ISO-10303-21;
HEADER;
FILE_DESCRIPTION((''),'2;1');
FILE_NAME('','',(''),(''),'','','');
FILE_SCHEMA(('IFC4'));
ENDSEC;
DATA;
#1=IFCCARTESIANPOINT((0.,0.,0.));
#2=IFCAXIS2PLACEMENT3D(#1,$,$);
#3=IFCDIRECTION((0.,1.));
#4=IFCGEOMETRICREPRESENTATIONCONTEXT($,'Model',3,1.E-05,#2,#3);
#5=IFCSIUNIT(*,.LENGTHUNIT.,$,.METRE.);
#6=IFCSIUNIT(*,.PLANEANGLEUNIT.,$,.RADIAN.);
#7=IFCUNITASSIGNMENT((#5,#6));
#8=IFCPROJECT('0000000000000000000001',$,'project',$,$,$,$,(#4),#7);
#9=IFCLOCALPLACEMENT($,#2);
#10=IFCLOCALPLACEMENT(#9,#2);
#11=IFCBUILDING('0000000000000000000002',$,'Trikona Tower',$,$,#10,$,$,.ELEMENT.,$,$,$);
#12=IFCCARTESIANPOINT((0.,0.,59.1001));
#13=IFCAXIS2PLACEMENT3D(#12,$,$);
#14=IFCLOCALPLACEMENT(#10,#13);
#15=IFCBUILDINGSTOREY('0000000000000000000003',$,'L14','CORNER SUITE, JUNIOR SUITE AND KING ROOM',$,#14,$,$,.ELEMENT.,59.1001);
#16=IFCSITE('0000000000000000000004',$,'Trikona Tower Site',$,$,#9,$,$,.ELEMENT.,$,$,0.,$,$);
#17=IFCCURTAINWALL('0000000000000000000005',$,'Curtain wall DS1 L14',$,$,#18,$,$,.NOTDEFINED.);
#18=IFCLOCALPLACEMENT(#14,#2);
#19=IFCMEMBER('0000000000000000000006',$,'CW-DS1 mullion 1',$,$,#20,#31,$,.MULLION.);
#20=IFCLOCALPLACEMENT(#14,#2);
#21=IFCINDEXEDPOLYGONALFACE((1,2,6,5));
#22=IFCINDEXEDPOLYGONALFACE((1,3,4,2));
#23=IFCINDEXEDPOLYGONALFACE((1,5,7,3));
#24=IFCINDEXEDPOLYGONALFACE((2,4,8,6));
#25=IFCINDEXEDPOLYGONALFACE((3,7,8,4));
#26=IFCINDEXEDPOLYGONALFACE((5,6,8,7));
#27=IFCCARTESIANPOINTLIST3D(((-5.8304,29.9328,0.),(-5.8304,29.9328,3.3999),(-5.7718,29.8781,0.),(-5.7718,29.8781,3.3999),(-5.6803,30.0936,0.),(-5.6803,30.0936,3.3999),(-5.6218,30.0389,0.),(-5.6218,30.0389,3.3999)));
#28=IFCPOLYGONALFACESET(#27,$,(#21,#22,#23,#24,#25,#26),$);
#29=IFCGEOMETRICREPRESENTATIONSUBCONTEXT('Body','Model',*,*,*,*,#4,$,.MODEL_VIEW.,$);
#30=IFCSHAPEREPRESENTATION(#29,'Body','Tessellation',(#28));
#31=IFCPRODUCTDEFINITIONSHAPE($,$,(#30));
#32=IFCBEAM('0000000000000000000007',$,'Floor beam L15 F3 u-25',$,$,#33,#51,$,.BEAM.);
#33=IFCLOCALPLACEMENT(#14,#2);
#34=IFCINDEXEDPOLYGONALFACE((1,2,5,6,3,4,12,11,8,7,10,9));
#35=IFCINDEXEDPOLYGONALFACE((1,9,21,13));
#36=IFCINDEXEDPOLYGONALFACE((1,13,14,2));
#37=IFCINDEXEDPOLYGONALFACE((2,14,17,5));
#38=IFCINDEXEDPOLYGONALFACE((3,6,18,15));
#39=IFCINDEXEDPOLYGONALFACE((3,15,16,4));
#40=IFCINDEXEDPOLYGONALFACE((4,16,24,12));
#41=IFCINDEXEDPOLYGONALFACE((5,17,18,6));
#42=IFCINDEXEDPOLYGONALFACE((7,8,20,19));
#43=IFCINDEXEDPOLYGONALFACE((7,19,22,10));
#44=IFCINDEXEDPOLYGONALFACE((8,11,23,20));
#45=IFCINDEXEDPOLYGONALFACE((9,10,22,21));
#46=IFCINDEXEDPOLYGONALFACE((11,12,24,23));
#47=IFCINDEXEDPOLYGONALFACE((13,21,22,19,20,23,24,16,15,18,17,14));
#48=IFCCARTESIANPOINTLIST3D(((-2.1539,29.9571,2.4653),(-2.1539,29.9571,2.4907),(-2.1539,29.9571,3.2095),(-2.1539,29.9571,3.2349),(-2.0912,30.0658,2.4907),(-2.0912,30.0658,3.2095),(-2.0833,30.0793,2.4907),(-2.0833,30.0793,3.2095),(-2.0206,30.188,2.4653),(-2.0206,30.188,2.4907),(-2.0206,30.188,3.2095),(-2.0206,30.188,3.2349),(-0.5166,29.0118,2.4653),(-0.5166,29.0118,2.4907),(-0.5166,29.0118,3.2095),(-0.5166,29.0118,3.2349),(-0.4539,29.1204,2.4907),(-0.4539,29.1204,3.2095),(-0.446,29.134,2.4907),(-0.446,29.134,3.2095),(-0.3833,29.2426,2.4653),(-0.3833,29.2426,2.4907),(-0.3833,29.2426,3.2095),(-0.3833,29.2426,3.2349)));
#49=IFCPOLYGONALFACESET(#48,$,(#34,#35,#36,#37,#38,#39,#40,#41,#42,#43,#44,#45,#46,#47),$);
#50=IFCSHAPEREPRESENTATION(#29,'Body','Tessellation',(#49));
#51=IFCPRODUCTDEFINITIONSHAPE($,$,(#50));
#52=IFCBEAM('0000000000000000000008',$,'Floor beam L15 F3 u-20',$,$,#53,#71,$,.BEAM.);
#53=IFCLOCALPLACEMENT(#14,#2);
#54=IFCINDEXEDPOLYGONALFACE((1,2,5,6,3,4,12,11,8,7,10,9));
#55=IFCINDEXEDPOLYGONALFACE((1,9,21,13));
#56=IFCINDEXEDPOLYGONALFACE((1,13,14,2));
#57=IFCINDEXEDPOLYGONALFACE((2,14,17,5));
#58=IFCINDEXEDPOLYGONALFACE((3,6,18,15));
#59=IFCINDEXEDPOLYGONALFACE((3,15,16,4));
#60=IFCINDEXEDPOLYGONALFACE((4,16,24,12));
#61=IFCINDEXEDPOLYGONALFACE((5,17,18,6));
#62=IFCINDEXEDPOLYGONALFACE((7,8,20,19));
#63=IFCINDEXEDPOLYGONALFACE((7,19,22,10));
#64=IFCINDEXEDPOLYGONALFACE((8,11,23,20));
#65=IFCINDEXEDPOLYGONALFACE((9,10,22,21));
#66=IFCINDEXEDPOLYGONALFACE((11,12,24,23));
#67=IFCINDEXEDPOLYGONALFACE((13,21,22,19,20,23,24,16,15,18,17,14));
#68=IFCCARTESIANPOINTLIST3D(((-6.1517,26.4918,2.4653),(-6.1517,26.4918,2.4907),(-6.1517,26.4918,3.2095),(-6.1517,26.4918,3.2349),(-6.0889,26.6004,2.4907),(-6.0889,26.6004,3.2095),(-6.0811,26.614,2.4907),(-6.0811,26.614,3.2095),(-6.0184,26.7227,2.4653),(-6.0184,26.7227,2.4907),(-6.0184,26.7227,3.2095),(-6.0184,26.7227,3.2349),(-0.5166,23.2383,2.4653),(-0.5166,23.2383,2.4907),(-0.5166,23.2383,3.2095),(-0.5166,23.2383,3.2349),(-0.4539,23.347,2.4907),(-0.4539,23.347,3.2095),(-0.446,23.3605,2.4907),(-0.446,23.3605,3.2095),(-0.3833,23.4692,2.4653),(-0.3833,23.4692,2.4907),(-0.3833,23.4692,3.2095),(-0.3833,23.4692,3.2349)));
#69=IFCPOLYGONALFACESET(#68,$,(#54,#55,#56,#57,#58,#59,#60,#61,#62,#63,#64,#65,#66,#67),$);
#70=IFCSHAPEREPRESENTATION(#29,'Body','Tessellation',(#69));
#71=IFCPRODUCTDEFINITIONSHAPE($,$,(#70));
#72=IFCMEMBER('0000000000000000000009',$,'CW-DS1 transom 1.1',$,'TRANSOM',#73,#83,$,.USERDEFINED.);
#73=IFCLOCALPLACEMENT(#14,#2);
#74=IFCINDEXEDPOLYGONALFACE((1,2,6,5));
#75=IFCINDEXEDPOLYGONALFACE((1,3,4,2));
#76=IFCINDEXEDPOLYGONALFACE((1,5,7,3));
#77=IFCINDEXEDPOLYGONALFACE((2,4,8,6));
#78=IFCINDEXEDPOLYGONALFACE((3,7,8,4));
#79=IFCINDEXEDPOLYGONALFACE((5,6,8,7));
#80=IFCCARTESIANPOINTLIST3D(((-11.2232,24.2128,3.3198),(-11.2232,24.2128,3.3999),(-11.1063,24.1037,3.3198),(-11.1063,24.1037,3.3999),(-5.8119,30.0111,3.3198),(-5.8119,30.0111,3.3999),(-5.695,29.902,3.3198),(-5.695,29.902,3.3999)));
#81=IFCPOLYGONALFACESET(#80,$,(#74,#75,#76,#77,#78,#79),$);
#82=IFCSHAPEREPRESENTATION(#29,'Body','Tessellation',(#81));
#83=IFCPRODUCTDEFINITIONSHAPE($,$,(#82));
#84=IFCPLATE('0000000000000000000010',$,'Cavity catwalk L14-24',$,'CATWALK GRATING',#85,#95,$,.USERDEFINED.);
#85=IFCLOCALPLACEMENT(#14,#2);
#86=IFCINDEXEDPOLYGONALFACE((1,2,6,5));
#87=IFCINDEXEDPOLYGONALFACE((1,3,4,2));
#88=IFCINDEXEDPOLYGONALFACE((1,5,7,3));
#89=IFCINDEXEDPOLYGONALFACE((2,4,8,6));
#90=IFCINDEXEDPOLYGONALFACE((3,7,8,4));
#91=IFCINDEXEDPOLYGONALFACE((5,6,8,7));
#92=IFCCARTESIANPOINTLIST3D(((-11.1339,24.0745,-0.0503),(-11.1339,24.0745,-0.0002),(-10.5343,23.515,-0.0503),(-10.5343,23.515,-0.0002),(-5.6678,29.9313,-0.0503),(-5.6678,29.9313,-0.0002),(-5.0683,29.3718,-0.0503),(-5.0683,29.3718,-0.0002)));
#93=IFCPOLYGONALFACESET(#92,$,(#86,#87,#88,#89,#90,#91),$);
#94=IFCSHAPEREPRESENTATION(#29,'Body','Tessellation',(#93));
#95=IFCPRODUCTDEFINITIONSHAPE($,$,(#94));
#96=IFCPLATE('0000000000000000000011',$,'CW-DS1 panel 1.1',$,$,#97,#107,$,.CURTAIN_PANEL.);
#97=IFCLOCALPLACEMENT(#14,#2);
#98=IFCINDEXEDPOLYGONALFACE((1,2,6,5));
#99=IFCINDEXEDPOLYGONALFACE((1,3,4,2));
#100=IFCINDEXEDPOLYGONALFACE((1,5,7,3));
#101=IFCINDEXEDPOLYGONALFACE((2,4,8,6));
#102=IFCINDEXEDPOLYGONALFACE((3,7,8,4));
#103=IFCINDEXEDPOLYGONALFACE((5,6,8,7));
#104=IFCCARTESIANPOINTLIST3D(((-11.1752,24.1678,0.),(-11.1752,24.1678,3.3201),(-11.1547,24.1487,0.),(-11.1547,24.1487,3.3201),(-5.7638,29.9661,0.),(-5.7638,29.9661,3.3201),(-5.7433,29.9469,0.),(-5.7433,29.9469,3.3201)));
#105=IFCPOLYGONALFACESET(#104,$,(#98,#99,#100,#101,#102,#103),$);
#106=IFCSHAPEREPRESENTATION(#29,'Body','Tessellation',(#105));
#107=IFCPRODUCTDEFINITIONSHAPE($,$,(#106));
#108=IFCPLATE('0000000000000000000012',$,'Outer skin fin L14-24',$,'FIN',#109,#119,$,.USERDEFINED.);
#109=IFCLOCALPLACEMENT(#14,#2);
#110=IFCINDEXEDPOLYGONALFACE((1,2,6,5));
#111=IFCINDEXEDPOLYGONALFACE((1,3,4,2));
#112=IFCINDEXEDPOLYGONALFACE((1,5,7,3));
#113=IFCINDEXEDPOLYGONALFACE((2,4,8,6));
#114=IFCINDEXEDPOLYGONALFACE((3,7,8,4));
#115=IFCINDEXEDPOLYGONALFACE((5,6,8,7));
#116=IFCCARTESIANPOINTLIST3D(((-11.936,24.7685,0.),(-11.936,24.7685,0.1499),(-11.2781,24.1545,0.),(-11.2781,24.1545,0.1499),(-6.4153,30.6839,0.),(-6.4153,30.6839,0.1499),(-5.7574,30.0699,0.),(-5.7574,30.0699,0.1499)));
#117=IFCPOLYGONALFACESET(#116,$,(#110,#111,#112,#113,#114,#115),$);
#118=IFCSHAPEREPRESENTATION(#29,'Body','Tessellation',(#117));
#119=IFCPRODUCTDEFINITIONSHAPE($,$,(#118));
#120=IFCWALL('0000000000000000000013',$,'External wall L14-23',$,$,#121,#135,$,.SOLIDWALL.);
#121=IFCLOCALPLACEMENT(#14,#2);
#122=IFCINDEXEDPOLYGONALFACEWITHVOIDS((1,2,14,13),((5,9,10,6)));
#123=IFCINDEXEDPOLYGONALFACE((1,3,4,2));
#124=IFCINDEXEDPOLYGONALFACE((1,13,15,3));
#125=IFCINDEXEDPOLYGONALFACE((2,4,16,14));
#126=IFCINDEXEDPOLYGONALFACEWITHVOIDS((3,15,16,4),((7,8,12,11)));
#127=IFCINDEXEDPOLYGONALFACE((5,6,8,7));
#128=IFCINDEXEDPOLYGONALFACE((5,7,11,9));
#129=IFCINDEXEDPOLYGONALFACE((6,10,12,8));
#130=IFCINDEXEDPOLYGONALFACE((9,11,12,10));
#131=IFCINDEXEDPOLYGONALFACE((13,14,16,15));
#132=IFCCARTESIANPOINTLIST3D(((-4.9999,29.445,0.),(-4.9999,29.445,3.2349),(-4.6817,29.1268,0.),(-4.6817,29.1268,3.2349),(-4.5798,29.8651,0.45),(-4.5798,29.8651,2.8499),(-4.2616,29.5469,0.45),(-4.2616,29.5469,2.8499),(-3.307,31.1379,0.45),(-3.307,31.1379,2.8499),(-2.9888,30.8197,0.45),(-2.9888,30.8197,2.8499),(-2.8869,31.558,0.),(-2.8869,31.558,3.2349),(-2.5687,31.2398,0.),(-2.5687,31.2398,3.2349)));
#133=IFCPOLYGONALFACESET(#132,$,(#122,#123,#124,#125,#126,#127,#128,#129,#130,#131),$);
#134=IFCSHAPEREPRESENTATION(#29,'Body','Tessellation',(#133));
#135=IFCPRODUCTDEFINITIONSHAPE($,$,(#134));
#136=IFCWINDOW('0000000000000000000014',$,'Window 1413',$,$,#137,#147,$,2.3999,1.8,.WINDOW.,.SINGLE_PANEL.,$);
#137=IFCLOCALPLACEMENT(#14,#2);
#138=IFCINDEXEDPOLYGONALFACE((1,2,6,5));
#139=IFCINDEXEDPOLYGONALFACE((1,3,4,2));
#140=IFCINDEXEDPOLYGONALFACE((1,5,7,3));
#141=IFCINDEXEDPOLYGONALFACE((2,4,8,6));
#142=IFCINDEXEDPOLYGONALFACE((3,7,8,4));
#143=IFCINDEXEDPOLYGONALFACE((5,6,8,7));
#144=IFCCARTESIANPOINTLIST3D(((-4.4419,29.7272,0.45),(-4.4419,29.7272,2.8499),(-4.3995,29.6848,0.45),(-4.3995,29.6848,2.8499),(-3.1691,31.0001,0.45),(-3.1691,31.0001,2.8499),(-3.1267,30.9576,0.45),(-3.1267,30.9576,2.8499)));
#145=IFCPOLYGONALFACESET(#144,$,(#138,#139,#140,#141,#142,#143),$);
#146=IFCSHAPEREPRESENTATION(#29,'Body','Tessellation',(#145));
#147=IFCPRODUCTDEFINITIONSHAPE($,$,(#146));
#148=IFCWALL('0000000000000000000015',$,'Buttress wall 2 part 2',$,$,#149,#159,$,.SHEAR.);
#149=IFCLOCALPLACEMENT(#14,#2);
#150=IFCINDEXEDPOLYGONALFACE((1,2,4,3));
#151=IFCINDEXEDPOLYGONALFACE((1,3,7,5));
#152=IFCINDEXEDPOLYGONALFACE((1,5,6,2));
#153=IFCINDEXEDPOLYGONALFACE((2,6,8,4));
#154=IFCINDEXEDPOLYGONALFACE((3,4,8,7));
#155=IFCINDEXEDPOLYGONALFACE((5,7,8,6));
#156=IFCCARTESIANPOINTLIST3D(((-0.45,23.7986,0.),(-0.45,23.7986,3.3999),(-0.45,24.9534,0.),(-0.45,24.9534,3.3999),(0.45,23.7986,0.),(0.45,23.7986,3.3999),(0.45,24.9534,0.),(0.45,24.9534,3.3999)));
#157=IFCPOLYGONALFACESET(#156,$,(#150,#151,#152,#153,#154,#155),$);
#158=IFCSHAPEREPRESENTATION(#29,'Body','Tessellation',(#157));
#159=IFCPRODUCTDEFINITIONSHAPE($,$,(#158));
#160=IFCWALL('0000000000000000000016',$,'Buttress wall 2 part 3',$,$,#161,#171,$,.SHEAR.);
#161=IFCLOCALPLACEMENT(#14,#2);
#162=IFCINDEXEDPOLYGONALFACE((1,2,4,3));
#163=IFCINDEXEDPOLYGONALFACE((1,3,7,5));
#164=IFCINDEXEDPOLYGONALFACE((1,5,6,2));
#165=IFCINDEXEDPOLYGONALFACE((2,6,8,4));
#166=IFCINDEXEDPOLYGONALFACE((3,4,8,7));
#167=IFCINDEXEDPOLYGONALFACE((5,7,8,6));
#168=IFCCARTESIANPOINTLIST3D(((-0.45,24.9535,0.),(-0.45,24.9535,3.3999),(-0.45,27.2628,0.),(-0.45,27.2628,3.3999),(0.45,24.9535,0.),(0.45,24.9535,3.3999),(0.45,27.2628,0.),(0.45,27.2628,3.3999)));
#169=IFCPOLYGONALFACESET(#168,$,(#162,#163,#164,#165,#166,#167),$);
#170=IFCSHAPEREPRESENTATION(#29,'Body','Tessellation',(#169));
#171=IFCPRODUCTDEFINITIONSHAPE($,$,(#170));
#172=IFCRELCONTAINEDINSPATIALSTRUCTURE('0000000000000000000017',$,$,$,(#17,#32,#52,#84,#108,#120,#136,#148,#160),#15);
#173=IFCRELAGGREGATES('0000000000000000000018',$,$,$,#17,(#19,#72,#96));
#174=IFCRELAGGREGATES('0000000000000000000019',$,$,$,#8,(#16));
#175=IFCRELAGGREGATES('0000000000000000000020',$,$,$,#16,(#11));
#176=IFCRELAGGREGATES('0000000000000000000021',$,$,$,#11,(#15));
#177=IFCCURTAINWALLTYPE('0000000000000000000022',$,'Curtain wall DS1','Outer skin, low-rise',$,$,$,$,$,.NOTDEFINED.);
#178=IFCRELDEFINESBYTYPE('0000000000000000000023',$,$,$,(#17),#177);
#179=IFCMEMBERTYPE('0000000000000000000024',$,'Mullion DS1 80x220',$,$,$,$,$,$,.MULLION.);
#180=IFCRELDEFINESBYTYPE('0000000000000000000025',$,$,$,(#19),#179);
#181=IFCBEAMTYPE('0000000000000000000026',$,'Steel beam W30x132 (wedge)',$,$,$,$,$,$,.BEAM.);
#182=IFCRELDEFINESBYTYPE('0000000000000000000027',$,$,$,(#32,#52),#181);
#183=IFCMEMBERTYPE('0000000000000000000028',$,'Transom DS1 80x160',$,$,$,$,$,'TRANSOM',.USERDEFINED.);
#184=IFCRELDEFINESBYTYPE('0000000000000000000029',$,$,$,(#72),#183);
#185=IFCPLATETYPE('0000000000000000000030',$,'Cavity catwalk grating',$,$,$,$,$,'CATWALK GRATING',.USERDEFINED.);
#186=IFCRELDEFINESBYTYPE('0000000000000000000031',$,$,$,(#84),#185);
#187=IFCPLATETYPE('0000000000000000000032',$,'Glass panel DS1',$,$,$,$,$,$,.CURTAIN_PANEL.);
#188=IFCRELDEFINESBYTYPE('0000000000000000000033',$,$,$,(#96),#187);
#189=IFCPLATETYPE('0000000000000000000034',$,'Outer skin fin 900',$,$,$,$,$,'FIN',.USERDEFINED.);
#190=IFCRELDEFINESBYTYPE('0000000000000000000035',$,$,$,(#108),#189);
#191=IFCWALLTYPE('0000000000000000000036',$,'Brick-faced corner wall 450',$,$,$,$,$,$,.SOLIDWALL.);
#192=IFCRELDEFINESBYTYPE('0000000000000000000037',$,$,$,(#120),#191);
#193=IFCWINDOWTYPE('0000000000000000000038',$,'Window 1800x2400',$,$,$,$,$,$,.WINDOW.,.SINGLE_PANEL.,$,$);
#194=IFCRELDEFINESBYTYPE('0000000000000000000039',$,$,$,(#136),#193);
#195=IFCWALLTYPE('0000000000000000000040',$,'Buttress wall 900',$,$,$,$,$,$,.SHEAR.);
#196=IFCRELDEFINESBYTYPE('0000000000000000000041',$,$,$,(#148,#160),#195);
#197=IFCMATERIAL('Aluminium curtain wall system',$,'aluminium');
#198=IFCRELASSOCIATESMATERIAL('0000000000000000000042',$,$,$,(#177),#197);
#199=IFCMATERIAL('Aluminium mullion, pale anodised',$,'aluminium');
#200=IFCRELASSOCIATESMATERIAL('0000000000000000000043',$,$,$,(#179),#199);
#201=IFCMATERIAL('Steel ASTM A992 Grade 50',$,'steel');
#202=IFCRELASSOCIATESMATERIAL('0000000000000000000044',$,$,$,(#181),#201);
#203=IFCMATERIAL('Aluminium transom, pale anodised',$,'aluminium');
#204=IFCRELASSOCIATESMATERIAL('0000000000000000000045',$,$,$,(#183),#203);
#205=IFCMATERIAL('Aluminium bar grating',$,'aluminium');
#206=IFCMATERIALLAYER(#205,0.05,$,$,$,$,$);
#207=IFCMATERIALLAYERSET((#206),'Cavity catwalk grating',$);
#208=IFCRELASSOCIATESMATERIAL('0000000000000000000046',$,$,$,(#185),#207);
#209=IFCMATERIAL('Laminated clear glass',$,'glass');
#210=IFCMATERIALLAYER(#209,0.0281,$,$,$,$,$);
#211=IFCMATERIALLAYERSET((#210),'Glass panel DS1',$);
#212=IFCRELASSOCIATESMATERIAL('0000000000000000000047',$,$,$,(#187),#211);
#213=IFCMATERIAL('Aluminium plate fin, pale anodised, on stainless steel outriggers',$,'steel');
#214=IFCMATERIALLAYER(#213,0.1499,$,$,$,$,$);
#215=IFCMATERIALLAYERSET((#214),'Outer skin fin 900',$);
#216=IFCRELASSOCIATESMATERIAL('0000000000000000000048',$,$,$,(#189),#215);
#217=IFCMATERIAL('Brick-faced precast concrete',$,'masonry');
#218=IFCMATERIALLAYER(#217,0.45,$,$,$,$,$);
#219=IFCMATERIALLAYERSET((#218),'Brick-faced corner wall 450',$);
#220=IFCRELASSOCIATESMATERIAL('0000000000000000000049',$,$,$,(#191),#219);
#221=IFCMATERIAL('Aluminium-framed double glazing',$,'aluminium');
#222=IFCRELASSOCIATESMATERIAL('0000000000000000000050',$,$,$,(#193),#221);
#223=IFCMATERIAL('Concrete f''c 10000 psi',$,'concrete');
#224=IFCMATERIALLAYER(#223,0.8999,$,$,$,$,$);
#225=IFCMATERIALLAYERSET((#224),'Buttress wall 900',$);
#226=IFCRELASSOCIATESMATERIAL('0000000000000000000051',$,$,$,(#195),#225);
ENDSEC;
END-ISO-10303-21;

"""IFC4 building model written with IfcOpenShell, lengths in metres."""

from ifc_helpers import new_model, si_unit, direction, frame, frame_2d, origin, origin_2d, place, context, subcontext, project, spatial, rectangle, i_section, extrude, material, layer, layer_set, material_profile, profile_set, type_object, element, fill, aggregate, save


model = new_model("IFC4")

# Units and contexts
model_context = context("Model", 3, precision=1e-05, world=origin(), true_north=direction((0.0, 1.0)))
body_context = subcontext(model_context, "Body", "Model", "MODEL_VIEW")
ifc_project = project(units=[si_unit("LENGTHUNIT", "METRE"), si_unit("PLANEANGLEUNIT", "RADIAN")], contexts=[model_context])

# Site, building, storey
site_placement = place(None, origin())
site = spatial("IfcSite", under=ifc_project, at=site_placement, Name="Trikona Tower Site", CompositionType="ELEMENT", RefElevation=0.0)
building_placement = place(site_placement, origin())
building = spatial("IfcBuilding", under=site, at=building_placement, Name="Trikona Tower", CompositionType="ELEMENT")
storey_placement = place(building_placement, frame((0.0, 0.0, 59.1001)))
storey = spatial("IfcBuildingStorey", under=building, at=storey_placement, Name="L14", Description="CORNER SUITE, JUNIOR SUITE AND KING ROOM", CompositionType="ELEMENT", Elevation=59.1001)

# Curtain wall, member
ifc_material_1 = material(Name="Aluminium curtain wall system", Category="aluminium")
curtain_wall_type = type_object("IfcCurtainWallType", Name="Curtain wall DS1", Description="Outer skin, low-rise", PredefinedType="NOTDEFINED", material=ifc_material_1)
curtain_wall_placement = place(storey_placement, origin())
curtain_wall = element("IfcCurtainWall", 1, at=curtain_wall_placement, inside=storey, type_object=curtain_wall_type, Name="Curtain wall DS1 L14", PredefinedType="NOTDEFINED")
ifc_material_2 = material(Name="Aluminium mullion, pale anodised", Category="aluminium")
ifc_material_profile_1 = material_profile(ifc_material_2, rectangle(XDim=0.0801, YDim=0.22, at=origin_2d()), Name="MUL-DS1")
ifc_profile_set_1 = profile_set([ifc_material_profile_1], Name="Aluminium mullion, pale anodised")
member_type_1 = type_object("IfcMemberType", Name="Mullion DS1 80x220", PredefinedType="MULLION", material=ifc_profile_set_1)
member_1_placement = place(storey_placement, frame((-5.7261, 29.9858, 0.0), z_axis=(0.0, 0.0, 1.0), x_axis=(0.731077, -0.682295, 0.0)))
member_1 = element("IfcMember", 2, at=member_1_placement, type_object=member_type_1, Name="CW-DS1 mullion 1", PredefinedType="MULLION", context=body_context, shape_type="SweptSolid", body=[
    extrude(rectangle(XDim=0.0801, YDim=0.22, at=origin_2d()), origin(), (0.0, 0.0, 1.0), 3.3999),
])

# Beams
ifc_material_3 = material(Name="Steel ASTM A992 Grade 50", Category="steel")
ifc_material_profile_2 = material_profile(ifc_material_3, i_section(OverallWidth=0.2666, OverallDepth=0.7695, WebThickness=0.0156, FlangeThickness=0.0254, at=origin_2d()), Name="W30X132")
ifc_profile_set_2 = profile_set([ifc_material_profile_2], Name="Steel ASTM A992 Grade 50")
beam_type = type_object("IfcBeamType", Name="Steel beam W30x132 (wedge)", PredefinedType="BEAM", material=ifc_profile_set_2)
beam_1_placement = place(storey_placement, frame((-0.45, 29.1272, 2.8501), z_axis=(-0.866009, 0.500028, 0.0), x_axis=(-0.500028, -0.866009, 0.0)))
element("IfcBeam", 3, at=beam_1_placement, inside=storey, type_object=beam_type, Name="Floor beam L15 F3 u-25", PredefinedType="BEAM", context=body_context, shape_type="SweptSolid", body=[
    extrude(i_section(OverallWidth=0.2666, OverallDepth=0.7695, WebThickness=0.0156, FlangeThickness=0.0254, at=origin_2d()), origin(), (0.0, 0.0, 1.0), 1.8906),
])
beam_2_placement = place(storey_placement, frame((-0.45, 23.3538, 2.8501), z_axis=(-0.866023, 0.500005, 0.0), x_axis=(-0.500005, -0.866023, 0.0)))
element("IfcBeam", 4, at=beam_2_placement, inside=storey, type_object=beam_type, Name="Floor beam L15 F3 u-20", PredefinedType="BEAM", context=body_context, shape_type="SweptSolid", body=[
    extrude(i_section(OverallWidth=0.2666, OverallDepth=0.7695, WebThickness=0.0156, FlangeThickness=0.0254, at=origin_2d()), origin(), (0.0, 0.0, 1.0), 6.5068),
])

# Member
ifc_material_4 = material(Name="Aluminium transom, pale anodised", Category="aluminium")
ifc_material_profile_3 = material_profile(ifc_material_4, rectangle(XDim=0.1599, YDim=0.0801, at=origin_2d()), Name="TRN-DS1")
ifc_profile_set_3 = profile_set([ifc_material_profile_3], Name="Aluminium transom, pale anodised")
member_type_2 = type_object("IfcMemberType", Name="Transom DS1 80x160", ElementType="TRANSOM", PredefinedType="USERDEFINED", material=ifc_profile_set_3)
member_2_placement = place(storey_placement, frame((-5.7534, 29.9565, 3.3599), z_axis=(-0.682291, -0.731081, 0.0), x_axis=(0.731081, -0.682291, 0.0)))
member_2 = element("IfcMember", 5, at=member_2_placement, type_object=member_type_2, Name="CW-DS1 transom 1.1", ObjectType="TRANSOM", PredefinedType="USERDEFINED", context=body_context, shape_type="SweptSolid", body=[
    extrude(rectangle(XDim=0.1599, YDim=0.0801, at=origin_2d()), origin(), (0.0, 0.0, 1.0), 7.9312),
])

# Plates
ifc_material_5 = material(Name="Aluminium bar grating", Category="aluminium")
ifc_layer_1 = layer(ifc_material_5, 0.05)
ifc_layer_set_1 = layer_set([ifc_layer_1], Name="Cavity catwalk grating")
plate_type_1 = type_object("IfcPlateType", Name="Cavity catwalk grating", ElementType="CATWALK GRATING", PredefinedType="USERDEFINED", material=ifc_layer_set_1)
plate_1_placement = place(storey_placement, frame((-8.1011, 26.7231, -0.0503), z_axis=(0.0, 0.0, 1.0), x_axis=(-0.682298, -0.731074, 0.0)))
element("IfcPlate", 6, at=plate_1_placement, inside=storey, type_object=plate_type_1, Name="Cavity catwalk L14-24", ObjectType="CATWALK GRATING", PredefinedType="USERDEFINED", context=body_context, shape_type="SweptSolid", body=[
    extrude(rectangle(XDim=8.0112, YDim=0.8201, at=origin_2d()), origin(), (0.0, 0.0, 1.0), 0.05),
])
ifc_material_6 = material(Name="Laminated clear glass", Category="glass")
ifc_layer_2 = layer(ifc_material_6, 0.0281)
ifc_layer_set_2 = layer_set([ifc_layer_2], Name="Glass panel DS1")
plate_type_2 = type_object("IfcPlateType", Name="Glass panel DS1", PredefinedType="CURTAIN_PANEL", material=ifc_layer_set_2)
plate_2_placement = place(storey_placement, frame((-8.4592, 27.0574, 0.0), z_axis=(0.0, 0.0, 1.0), x_axis=(-0.682295, -0.731077, 0.0)))
plate_2 = element("IfcPlate", 7, at=plate_2_placement, type_object=plate_type_2, Name="CW-DS1 panel 1.1", PredefinedType="CURTAIN_PANEL", context=body_context, shape_type="SweptSolid", body=[
    extrude(rectangle(XDim=7.9312, YDim=0.0281, at=origin_2d()), origin(), (0.0, 0.0, 1.0), 3.3201),
])
aggregate(curtain_wall, [member_1, member_2, plate_2])
ifc_material_7 = material(Name="Aluminium plate fin, pale anodised, on stainless steel outriggers", Category="steel")
ifc_layer_3 = layer(ifc_material_7, 0.1499)
ifc_layer_set_3 = layer_set([ifc_layer_3], Name="Outer skin fin 900")
plate_type_3 = type_object("IfcPlateType", Name="Outer skin fin 900", ElementType="FIN", PredefinedType="USERDEFINED", material=ifc_layer_set_3)
plate_3_placement = place(storey_placement, frame((-8.8467, 27.4192, 0.0), z_axis=(0.0, 0.0, 1.0), x_axis=(-0.682298, -0.731074, 0.0)))
element("IfcPlate", 8, at=plate_3_placement, inside=storey, type_object=plate_type_3, Name="Outer skin fin L14-24", ObjectType="FIN", PredefinedType="USERDEFINED", context=body_context, shape_type="SweptSolid", body=[
    extrude(rectangle(XDim=8.0913, YDim=0.8999, at=origin_2d()), origin(), (0.0, 0.0, 1.0), 0.1499),
])

# Wall, opening, window
ifc_material_8 = material(Name="Brick-faced precast concrete", Category="masonry")
ifc_layer_4 = layer(ifc_material_8, 0.45)
ifc_layer_set_4 = layer_set([ifc_layer_4], Name="Brick-faced corner wall 450")
wall_type_1 = type_object("IfcWallType", Name="Brick-faced corner wall 450", PredefinedType="SOLIDWALL", material=ifc_layer_set_4)
wall_1_placement = place(storey_placement, frame((-2.7278, 31.3989, 0.0), z_axis=(0.0, 0.0, 1.0), x_axis=(-0.707107, -0.707107, 0.0)))
wall_1 = element("IfcWall", 9, at=wall_1_placement, inside=storey, type_object=wall_type_1, Name="External wall L14-23", PredefinedType="SOLIDWALL", context=body_context, shape_type="SweptSolid", body=[
    extrude(rectangle(XDim=2.9883, YDim=0.45, at=frame_2d((1.4941, 0.0))), origin(), (0.0, 0.0, 1.0), 3.2349),
])
opening_1_placement = place(wall_1_placement, frame((0.5942, 0.0, 0.45)))
opening_1 = element("IfcOpeningElement", 10, at=opening_1_placement, cuts=wall_1, PredefinedType="OPENING", context=body_context, shape_type="SweptSolid", body=[
    extrude(rectangle(XDim=1.8, YDim=2.3999, at=frame_2d((0.8999, 1.2))), frame((0.0, 0.2349, 0.0), z_axis=(0.0, -1.0, 0.0), x_axis=(1.0, 0.0, 0.0)), (0.0, 0.0, 1.0), 0.47),
])
ifc_material_9 = material(Name="Aluminium-framed double glazing", Category="aluminium")
window_type_1 = type_object("IfcWindowType", Name="Window 1800x2400", PartitioningType="SINGLE_PANEL", PredefinedType="WINDOW", material=ifc_material_9)
window_1_placement = place(opening_1_placement, origin())
window_1 = element("IfcWindow", 11, at=window_1_placement, inside=storey, type_object=window_type_1, Name="Window 1413", OverallHeight=2.3999, OverallWidth=1.8, PartitioningType="SINGLE_PANEL", PredefinedType="WINDOW", context=body_context, shape_type="SweptSolid", body=[
    extrude(rectangle(XDim=1.8, YDim=2.3999, at=frame_2d((0.8999, 1.2))), frame((0.0, 0.03, 0.0), z_axis=(0.0, -1.0, 0.0), x_axis=(1.0, 0.0, 0.0)), (0.0, 0.0, 1.0), 0.0601),
])
fill(opening_1, window_1)

# Walls
ifc_material_10 = material(Name="Concrete f'c 10000 psi", Category="concrete")
ifc_layer_5 = layer(ifc_material_10, 0.8999)
ifc_layer_set_5 = layer_set([ifc_layer_5], Name="Buttress wall 900")
wall_type_2 = type_object("IfcWallType", Name="Buttress wall 900", PredefinedType="SHEAR", material=ifc_layer_set_5)
wall_2_placement = place(storey_placement, frame((0.0, 23.7986, 0.0), z_axis=(0.0, 0.0, 1.0), x_axis=(0.0, 1.0, 0.0)))
element("IfcWall", 12, at=wall_2_placement, inside=storey, type_object=wall_type_2, Name="Buttress wall 2 part 2", PredefinedType="SHEAR", context=body_context, shape_type="SweptSolid", body=[
    extrude(rectangle(XDim=1.1548, YDim=0.8999, at=frame_2d((0.5774, 0.0))), origin(), (0.0, 0.0, 1.0), 3.3999),
])
wall_3_placement = place(storey_placement, frame((0.0, 24.9534, 0.0), z_axis=(0.0, 0.0, 1.0), x_axis=(0.0, 1.0, 0.0)))
element("IfcWall", 13, at=wall_3_placement, inside=storey, type_object=wall_type_2, Name="Buttress wall 2 part 3", PredefinedType="SHEAR", context=body_context, shape_type="SweptSolid", body=[
    extrude(rectangle(XDim=2.3093, YDim=0.8999, at=frame_2d((1.1548, 0.0))), origin(), (0.0, 0.0, 1.0), 3.3999),
])

save(model, "model.ifc")
